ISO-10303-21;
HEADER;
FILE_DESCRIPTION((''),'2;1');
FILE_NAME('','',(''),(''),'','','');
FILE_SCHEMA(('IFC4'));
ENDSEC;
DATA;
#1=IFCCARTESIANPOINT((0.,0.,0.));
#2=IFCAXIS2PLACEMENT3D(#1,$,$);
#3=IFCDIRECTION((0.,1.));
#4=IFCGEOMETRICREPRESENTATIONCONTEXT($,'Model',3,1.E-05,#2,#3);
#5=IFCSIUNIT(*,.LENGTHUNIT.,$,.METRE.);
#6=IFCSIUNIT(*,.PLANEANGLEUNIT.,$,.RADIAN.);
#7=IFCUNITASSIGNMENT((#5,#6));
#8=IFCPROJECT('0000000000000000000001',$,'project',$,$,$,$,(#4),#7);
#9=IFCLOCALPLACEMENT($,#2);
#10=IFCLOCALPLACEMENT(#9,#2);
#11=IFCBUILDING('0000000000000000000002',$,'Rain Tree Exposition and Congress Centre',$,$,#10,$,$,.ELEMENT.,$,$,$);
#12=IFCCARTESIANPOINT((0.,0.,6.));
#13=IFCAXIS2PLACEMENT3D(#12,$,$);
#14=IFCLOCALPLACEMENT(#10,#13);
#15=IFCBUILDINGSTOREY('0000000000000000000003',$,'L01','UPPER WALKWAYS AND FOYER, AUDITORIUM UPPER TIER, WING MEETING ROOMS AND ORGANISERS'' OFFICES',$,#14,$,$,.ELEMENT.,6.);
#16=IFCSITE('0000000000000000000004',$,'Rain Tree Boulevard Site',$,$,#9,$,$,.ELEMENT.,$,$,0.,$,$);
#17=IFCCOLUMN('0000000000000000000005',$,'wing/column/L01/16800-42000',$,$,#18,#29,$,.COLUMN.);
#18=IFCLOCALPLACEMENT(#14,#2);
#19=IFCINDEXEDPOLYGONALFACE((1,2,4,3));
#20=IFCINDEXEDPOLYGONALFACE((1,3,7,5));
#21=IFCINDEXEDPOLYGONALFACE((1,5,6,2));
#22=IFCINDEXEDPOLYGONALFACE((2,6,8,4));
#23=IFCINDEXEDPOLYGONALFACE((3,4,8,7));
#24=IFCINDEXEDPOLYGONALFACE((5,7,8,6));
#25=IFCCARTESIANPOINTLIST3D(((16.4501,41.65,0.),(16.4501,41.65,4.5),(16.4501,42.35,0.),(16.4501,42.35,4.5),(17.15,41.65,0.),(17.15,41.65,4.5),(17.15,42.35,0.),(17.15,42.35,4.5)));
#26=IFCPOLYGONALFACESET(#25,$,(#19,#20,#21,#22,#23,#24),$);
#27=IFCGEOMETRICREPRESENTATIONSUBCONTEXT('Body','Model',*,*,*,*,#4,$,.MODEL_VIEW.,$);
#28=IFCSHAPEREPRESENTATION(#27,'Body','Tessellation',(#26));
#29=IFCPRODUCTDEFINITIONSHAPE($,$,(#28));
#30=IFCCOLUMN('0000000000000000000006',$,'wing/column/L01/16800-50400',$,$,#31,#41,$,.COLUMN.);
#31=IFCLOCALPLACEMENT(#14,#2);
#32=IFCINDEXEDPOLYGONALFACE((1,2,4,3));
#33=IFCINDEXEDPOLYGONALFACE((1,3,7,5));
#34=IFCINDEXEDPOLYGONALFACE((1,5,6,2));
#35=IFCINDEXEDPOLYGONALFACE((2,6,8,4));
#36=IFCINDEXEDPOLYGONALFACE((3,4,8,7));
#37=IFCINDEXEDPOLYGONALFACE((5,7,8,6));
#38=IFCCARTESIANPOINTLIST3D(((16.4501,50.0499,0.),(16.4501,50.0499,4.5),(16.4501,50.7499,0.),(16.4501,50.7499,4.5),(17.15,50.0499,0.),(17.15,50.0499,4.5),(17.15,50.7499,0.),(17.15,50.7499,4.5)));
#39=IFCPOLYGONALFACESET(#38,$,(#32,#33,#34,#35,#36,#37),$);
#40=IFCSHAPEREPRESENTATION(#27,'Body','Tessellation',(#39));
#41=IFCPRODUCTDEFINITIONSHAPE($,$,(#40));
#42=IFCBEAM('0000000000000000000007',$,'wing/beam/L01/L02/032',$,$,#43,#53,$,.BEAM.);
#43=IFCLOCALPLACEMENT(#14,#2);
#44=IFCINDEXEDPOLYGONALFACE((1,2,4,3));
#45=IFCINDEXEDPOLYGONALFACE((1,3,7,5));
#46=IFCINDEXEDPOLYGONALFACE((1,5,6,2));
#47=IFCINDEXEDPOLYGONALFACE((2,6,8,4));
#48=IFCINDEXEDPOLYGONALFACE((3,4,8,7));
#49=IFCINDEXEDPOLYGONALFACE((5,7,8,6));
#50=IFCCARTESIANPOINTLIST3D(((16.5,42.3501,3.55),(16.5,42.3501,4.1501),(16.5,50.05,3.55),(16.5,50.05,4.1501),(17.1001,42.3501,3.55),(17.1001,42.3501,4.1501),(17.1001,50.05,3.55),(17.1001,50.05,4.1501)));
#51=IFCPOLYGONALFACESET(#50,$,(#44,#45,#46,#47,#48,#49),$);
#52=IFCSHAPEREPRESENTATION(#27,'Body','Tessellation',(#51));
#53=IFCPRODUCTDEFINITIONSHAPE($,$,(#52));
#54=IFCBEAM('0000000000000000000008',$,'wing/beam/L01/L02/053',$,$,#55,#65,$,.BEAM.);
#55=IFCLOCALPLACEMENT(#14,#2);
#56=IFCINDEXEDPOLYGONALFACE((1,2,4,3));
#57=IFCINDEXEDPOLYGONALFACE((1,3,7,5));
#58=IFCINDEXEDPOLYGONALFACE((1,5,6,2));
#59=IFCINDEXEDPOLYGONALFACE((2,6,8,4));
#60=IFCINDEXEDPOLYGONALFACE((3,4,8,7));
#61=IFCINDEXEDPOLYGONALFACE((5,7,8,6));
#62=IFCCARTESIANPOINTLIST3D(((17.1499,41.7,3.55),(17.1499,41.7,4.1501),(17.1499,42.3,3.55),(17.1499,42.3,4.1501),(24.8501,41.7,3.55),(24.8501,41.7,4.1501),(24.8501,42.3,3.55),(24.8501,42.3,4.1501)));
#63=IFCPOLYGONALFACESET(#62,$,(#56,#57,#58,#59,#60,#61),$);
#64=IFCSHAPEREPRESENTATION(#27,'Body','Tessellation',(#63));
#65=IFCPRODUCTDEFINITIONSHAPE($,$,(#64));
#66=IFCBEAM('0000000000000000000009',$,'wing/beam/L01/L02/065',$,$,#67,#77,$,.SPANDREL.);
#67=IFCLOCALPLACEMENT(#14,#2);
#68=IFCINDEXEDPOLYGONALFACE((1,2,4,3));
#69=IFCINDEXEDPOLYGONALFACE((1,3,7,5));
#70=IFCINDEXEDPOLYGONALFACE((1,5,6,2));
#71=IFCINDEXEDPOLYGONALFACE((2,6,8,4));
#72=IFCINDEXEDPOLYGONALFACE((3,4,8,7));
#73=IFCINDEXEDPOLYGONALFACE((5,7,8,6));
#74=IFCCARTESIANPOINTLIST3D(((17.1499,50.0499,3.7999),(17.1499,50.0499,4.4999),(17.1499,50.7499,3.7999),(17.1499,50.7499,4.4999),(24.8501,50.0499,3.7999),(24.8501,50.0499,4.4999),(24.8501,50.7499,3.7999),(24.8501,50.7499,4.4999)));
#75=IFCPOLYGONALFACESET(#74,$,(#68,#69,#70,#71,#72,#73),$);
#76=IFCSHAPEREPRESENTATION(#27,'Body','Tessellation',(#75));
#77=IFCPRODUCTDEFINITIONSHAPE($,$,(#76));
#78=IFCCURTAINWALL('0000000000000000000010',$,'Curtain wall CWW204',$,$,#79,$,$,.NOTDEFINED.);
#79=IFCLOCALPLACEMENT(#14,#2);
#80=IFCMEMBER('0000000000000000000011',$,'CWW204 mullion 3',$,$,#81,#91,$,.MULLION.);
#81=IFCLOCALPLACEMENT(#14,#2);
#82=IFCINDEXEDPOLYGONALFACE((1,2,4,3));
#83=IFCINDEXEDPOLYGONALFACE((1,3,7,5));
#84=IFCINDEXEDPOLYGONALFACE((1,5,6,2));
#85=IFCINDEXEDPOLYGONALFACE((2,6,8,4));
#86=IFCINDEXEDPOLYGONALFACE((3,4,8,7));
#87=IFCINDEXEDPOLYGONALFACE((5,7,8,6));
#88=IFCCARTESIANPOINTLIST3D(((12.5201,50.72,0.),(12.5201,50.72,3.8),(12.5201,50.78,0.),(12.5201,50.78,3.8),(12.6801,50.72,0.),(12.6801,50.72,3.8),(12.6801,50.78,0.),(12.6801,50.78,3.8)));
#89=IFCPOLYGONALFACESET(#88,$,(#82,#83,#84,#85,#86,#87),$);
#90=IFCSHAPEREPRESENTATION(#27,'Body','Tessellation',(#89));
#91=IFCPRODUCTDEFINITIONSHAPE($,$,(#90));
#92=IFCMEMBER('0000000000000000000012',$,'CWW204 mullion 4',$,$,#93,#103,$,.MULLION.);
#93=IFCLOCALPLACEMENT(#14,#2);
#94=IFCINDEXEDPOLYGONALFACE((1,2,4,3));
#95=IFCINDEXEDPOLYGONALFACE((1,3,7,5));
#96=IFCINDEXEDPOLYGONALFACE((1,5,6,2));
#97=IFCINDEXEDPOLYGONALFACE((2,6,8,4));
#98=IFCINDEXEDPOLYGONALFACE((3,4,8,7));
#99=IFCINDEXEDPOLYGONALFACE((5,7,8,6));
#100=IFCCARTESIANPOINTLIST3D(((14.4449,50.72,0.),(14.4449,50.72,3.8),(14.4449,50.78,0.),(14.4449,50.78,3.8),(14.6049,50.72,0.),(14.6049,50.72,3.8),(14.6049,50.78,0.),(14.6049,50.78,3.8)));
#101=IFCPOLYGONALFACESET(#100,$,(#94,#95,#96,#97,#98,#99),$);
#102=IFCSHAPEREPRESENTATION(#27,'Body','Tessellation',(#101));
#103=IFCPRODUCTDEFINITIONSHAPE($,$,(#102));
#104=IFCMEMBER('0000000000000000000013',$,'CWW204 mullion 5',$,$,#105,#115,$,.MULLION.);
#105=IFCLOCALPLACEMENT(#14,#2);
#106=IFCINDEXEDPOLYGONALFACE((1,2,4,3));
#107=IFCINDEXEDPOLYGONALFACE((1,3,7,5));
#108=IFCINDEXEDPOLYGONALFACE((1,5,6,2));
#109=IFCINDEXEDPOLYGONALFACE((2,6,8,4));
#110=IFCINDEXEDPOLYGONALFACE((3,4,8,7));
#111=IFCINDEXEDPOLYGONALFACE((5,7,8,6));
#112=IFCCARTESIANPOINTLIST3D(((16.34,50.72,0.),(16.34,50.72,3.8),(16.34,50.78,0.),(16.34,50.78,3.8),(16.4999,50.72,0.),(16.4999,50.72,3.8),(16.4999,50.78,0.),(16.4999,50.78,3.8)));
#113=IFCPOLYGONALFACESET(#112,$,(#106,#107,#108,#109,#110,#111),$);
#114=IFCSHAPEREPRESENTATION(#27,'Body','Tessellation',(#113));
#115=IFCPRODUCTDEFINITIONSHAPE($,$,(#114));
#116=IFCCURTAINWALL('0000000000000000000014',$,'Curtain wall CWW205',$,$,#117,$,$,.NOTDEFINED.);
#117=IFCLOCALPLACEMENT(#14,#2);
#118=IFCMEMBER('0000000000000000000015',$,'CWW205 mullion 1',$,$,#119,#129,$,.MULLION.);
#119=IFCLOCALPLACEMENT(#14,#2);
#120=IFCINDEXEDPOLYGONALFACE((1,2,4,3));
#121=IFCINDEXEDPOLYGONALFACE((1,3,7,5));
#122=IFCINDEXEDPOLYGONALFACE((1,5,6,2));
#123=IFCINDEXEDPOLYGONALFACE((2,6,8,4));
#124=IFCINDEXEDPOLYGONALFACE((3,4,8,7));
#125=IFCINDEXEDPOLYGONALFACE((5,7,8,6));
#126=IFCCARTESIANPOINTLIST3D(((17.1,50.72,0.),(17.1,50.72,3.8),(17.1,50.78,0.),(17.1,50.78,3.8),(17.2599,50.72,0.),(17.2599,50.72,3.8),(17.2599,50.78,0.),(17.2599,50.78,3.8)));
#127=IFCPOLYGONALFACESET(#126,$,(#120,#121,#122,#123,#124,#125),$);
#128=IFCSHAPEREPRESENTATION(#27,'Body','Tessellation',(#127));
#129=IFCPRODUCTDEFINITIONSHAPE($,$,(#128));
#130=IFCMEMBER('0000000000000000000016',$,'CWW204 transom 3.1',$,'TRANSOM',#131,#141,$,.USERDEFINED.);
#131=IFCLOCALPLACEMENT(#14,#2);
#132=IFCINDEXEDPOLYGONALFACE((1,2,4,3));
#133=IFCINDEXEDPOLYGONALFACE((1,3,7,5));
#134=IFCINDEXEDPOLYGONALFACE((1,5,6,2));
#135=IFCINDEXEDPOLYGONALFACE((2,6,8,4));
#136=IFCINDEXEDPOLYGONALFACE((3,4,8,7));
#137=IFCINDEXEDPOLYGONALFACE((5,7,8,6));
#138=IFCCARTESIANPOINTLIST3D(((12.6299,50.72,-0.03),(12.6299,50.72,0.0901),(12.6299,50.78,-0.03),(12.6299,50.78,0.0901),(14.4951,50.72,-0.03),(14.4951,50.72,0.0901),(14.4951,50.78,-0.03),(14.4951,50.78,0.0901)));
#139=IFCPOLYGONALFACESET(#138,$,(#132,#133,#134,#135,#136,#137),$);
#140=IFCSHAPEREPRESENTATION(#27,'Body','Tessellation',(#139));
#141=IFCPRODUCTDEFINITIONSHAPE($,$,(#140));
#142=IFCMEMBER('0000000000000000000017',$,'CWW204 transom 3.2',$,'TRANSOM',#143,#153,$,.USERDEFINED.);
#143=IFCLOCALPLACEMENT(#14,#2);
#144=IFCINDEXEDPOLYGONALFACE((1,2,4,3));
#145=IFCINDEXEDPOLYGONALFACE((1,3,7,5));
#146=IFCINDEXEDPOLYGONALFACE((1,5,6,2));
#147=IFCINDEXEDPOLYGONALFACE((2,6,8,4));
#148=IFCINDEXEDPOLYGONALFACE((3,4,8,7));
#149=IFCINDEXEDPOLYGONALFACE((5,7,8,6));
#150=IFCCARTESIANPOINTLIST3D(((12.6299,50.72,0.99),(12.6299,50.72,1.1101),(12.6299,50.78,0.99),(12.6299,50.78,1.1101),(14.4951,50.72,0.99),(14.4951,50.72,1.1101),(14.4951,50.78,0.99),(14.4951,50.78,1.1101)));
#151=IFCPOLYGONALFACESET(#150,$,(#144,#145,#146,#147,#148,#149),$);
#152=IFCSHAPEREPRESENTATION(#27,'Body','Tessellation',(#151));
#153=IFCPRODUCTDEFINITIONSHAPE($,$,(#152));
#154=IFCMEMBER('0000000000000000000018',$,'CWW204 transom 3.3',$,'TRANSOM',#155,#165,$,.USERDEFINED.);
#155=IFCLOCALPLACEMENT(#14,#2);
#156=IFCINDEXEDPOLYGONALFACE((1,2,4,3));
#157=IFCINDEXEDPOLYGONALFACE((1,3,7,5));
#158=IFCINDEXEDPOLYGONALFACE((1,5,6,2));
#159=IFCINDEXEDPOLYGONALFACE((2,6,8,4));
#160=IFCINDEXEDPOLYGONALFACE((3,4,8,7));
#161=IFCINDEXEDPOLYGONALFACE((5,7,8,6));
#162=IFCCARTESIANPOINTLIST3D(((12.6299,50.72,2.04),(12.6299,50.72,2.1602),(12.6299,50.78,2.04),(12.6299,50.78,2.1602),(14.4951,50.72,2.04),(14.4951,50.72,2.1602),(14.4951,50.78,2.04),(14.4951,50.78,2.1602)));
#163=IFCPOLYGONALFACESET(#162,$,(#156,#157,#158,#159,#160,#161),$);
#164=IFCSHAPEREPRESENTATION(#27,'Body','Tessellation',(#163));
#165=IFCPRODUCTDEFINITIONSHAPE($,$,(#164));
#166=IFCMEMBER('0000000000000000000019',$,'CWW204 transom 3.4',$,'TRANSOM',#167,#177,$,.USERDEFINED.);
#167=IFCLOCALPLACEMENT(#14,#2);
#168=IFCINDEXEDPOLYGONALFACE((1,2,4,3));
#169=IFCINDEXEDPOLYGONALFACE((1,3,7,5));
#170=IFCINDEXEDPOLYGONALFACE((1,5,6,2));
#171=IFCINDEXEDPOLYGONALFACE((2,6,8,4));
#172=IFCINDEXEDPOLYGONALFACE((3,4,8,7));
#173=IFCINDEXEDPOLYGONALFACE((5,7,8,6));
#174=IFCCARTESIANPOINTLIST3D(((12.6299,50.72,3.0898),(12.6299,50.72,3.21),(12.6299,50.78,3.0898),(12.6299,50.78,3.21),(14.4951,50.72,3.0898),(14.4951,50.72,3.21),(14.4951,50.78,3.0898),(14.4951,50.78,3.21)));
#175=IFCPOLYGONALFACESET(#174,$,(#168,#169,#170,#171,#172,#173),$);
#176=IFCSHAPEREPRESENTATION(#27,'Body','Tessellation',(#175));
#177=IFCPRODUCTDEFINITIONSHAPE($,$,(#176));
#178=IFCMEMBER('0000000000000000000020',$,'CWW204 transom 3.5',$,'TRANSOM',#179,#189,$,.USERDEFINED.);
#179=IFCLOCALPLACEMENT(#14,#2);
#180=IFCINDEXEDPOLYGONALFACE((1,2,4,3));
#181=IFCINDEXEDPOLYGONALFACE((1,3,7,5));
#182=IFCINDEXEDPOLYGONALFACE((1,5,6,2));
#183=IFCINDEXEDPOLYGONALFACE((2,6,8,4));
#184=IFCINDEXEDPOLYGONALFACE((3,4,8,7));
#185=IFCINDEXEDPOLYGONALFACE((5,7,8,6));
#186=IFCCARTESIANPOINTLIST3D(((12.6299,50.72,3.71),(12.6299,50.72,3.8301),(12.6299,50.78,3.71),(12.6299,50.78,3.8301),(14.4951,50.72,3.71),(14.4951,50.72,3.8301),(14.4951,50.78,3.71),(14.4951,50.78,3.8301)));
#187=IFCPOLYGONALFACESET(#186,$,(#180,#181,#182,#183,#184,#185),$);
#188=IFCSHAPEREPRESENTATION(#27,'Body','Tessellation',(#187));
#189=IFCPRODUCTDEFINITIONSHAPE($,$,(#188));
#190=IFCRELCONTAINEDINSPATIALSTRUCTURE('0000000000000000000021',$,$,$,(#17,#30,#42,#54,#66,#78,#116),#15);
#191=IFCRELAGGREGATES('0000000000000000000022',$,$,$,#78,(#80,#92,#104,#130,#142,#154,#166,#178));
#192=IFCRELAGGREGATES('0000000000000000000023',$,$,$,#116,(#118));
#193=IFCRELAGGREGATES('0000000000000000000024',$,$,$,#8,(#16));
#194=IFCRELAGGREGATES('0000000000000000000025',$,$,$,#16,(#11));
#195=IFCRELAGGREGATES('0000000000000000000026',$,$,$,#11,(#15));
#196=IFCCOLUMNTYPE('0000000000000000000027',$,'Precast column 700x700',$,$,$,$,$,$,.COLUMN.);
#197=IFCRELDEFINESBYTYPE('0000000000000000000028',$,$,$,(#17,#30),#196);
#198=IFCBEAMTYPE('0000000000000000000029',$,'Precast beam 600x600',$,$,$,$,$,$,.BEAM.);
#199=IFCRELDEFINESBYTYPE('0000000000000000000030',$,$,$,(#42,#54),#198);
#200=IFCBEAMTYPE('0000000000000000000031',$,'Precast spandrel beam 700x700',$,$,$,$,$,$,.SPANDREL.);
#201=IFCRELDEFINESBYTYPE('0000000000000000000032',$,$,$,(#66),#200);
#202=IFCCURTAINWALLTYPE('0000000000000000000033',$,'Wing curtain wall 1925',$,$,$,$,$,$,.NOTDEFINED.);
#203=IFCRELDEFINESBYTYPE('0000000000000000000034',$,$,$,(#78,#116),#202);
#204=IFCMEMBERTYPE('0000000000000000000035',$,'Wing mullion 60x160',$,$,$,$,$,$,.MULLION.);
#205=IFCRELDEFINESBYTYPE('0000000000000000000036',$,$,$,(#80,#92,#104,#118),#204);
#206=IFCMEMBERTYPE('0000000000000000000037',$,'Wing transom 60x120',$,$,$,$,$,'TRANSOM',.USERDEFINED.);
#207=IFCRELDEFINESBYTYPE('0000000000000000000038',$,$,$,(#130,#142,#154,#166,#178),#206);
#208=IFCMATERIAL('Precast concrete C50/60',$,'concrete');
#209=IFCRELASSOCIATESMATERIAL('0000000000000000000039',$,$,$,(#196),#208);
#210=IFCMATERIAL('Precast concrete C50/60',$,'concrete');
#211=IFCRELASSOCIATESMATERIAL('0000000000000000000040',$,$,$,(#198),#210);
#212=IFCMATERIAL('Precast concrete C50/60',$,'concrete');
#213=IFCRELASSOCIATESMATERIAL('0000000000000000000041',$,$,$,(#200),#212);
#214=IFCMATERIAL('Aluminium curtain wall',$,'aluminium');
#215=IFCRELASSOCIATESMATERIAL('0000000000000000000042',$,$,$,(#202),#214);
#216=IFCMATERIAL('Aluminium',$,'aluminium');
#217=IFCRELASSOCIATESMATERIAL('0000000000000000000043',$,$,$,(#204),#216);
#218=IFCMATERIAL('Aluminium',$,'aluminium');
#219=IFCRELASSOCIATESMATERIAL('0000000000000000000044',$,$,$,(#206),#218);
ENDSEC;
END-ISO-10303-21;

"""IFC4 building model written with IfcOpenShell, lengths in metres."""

from ifc_helpers import new_model, si_unit, direction, frame, origin, origin_2d, place, context, subcontext, project, spatial, rectangle, extrude, material, material_profile, profile_set, type_object, element, aggregate, save


model = new_model("IFC4")

# Units and contexts
model_context = context("Model", 3, precision=1e-05, world=origin(), true_north=direction((0.0, 1.0)))
body_context = subcontext(model_context, "Body", "Model", "MODEL_VIEW")
ifc_project = project(units=[si_unit("LENGTHUNIT", "METRE"), si_unit("PLANEANGLEUNIT", "RADIAN")], contexts=[model_context])

# Site, building, storey
site_placement = place(None, origin())
site = spatial("IfcSite", under=ifc_project, at=site_placement, Name="Rain Tree Boulevard Site", CompositionType="ELEMENT", RefElevation=0.0)
building_placement = place(site_placement, origin())
building = spatial("IfcBuilding", under=site, at=building_placement, Name="Rain Tree Exposition and Congress Centre", CompositionType="ELEMENT")
storey_placement = place(building_placement, frame((0.0, 0.0, 6.0)))
storey = spatial("IfcBuildingStorey", under=building, at=storey_placement, Name="L01", Description="UPPER WALKWAYS AND FOYER, AUDITORIUM UPPER TIER, WING MEETING ROOMS AND ORGANISERS' OFFICES", CompositionType="ELEMENT", Elevation=6.0)

# Columns
ifc_material_1 = material(Name="Precast concrete C50/60", Category="concrete")
ifc_material_profile_1 = material_profile(ifc_material_1, rectangle(XDim=0.7, YDim=0.7, at=origin_2d()), Name="RC 700x700")
ifc_profile_set_1 = profile_set([ifc_material_profile_1], Name="Precast concrete C50/60")
column_type = type_object("IfcColumnType", Name="Precast column 700x700", PredefinedType="COLUMN", material=ifc_profile_set_1)
for number, where, z_axis, x_axis, name in (
    (1, (16.8, 42.0, 0.0), (0.0, 0.0, 1.0), (1.0, 0.0, 0.0), "wing/column/L01/16800-42000"),
    (2, (16.8, 50.3999, 0.0), (0.0, 0.0, 1.0), (1.0, 0.0, 0.0), "wing/column/L01/16800-50400"),
):
    element("IfcColumn", number, at=place(storey_placement, frame(where, z_axis=z_axis, x_axis=x_axis)), inside=storey, type_object=column_type, Name=name, PredefinedType="COLUMN", context=body_context, shape_type="SweptSolid", body=[
        extrude(rectangle(XDim=0.7, YDim=0.7, at=origin_2d()), origin(), (0.0, 0.0, 1.0), 4.5),
    ])

# Beams
ifc_material_2 = material(Name="Precast concrete C50/60", Category="concrete")
ifc_material_profile_2 = material_profile(ifc_material_2, rectangle(XDim=0.6001, YDim=0.6001, at=origin_2d()), Name="RC 600x600")
ifc_profile_set_2 = profile_set([ifc_material_profile_2], Name="Precast concrete C50/60")
beam_type_1 = type_object("IfcBeamType", Name="Precast beam 600x600", PredefinedType="BEAM", material=ifc_profile_set_2)
beam_1_placement = place(storey_placement, frame((16.8, 42.3501, 3.8501), z_axis=(0.0, 1.0, 0.0), x_axis=(-1.0, 0.0, 0.0)))
element("IfcBeam", 3, at=beam_1_placement, inside=storey, type_object=beam_type_1, Name="wing/beam/L01/L02/032", PredefinedType="BEAM", context=body_context, shape_type="SweptSolid", body=[
    extrude(rectangle(XDim=0.6001, YDim=0.6001, at=origin_2d()), origin(), (0.0, 0.0, 1.0), 7.7),
])
beam_2_placement = place(storey_placement, frame((17.1499, 42.0, 3.8501), z_axis=(1.0, 0.0, 0.0), x_axis=(0.0, 1.0, 0.0)))
element("IfcBeam", 4, at=beam_2_placement, inside=storey, type_object=beam_type_1, Name="wing/beam/L01/L02/053", PredefinedType="BEAM", context=body_context, shape_type="SweptSolid", body=[
    extrude(rectangle(XDim=0.6001, YDim=0.6001, at=origin_2d()), origin(), (0.0, 0.0, 1.0), 7.7002),
])
ifc_material_3 = material(Name="Precast concrete C50/60", Category="concrete")
ifc_material_profile_3 = material_profile(ifc_material_3, rectangle(XDim=0.7, YDim=0.7, at=origin_2d()), Name="RC 700x700")
ifc_profile_set_3 = profile_set([ifc_material_profile_3], Name="Precast concrete C50/60")
beam_type_2 = type_object("IfcBeamType", Name="Precast spandrel beam 700x700", PredefinedType="SPANDREL", material=ifc_profile_set_3)
beam_3_placement = place(storey_placement, frame((17.1499, 50.3999, 4.1499), z_axis=(1.0, 0.0, 0.0), x_axis=(0.0, 1.0, 0.0)))
element("IfcBeam", 5, at=beam_3_placement, inside=storey, type_object=beam_type_2, Name="wing/beam/L01/L02/065", PredefinedType="SPANDREL", context=body_context, shape_type="SweptSolid", body=[
    extrude(rectangle(XDim=0.7, YDim=0.7, at=origin_2d()), origin(), (0.0, 0.0, 1.0), 7.7002),
])

# Curtain wall, members
ifc_material_4 = material(Name="Aluminium curtain wall", Category="aluminium")
curtain_wall_type = type_object("IfcCurtainWallType", Name="Wing curtain wall 1925", PredefinedType="NOTDEFINED", material=ifc_material_4)
curtain_wall_1_placement = place(storey_placement, origin())
curtain_wall_1 = element("IfcCurtainWall", 6, at=curtain_wall_1_placement, inside=storey, type_object=curtain_wall_type, Name="Curtain wall CWW204", PredefinedType="NOTDEFINED")
ifc_material_5 = material(Name="Aluminium", Category="aluminium")
ifc_material_profile_4 = material_profile(ifc_material_5, rectangle(XDim=0.0601, YDim=0.1599, at=origin_2d()), Name="Aluminium 60x160")
ifc_profile_set_4 = profile_set([ifc_material_profile_4], Name="Aluminium")
member_type_1 = type_object("IfcMemberType", Name="Wing mullion 60x160", PredefinedType="MULLION", material=ifc_profile_set_4)
member_1_placement = place(storey_placement, frame((12.6001, 50.75, 0.0), z_axis=(0.0, 0.0, 1.0), x_axis=(0.0, 1.0, 0.0)))
member_1 = element("IfcMember", 7, at=member_1_placement, type_object=member_type_1, Name="CWW204 mullion 3", PredefinedType="MULLION", context=body_context, shape_type="SweptSolid", body=[
    extrude(rectangle(XDim=0.0601, YDim=0.1599, at=origin_2d()), origin(), (0.0, 0.0, 1.0), 3.8),
])
member_2_placement = place(storey_placement, frame((14.5249, 50.75, 0.0), z_axis=(0.0, 0.0, 1.0), x_axis=(0.0, 1.0, 0.0)))
member_2 = element("IfcMember", 8, at=member_2_placement, type_object=member_type_1, Name="CWW204 mullion 4", PredefinedType="MULLION", context=body_context, shape_type="SweptSolid", body=[
    extrude(rectangle(XDim=0.0601, YDim=0.1599, at=origin_2d()), origin(), (0.0, 0.0, 1.0), 3.8),
])
member_3_placement = place(storey_placement, frame((16.4199, 50.75, 0.0), z_axis=(0.0, 0.0, 1.0), x_axis=(0.0, 1.0, 0.0)))
member_3 = element("IfcMember", 9, at=member_3_placement, type_object=member_type_1, Name="CWW204 mullion 5", PredefinedType="MULLION", context=body_context, shape_type="SweptSolid", body=[
    extrude(rectangle(XDim=0.0601, YDim=0.1599, at=origin_2d()), origin(), (0.0, 0.0, 1.0), 3.8),
])

# Curtain wall, member
curtain_wall_2_placement = place(storey_placement, origin())
curtain_wall_2 = element("IfcCurtainWall", 10, at=curtain_wall_2_placement, inside=storey, type_object=curtain_wall_type, Name="Curtain wall CWW205", PredefinedType="NOTDEFINED")
member_4_placement = place(storey_placement, frame((17.1799, 50.75, 0.0), z_axis=(0.0, 0.0, 1.0), x_axis=(0.0, 1.0, 0.0)))
member_4 = element("IfcMember", 11, at=member_4_placement, type_object=member_type_1, Name="CWW205 mullion 1", PredefinedType="MULLION", context=body_context, shape_type="SweptSolid", body=[
    extrude(rectangle(XDim=0.0601, YDim=0.1599, at=origin_2d()), origin(), (0.0, 0.0, 1.0), 3.8),
])

# Members
ifc_material_6 = material(Name="Aluminium", Category="aluminium")
ifc_material_profile_5 = material_profile(ifc_material_6, rectangle(XDim=0.0601, YDim=0.1201, at=origin_2d()), Name="Aluminium 60x120")
ifc_profile_set_5 = profile_set([ifc_material_profile_5], Name="Aluminium")
member_type_2 = type_object("IfcMemberType", Name="Wing transom 60x120", ElementType="TRANSOM", PredefinedType="USERDEFINED", material=ifc_profile_set_5)
member_5_placement = place(storey_placement, frame((12.6299, 50.75, 0.03), z_axis=(1.0, 0.0, 0.0), x_axis=(0.0, 1.0, 0.0)))
member_5 = element("IfcMember", 12, at=member_5_placement, type_object=member_type_2, Name="CWW204 transom 3.1", ObjectType="TRANSOM", PredefinedType="USERDEFINED", context=body_context, shape_type="SweptSolid", body=[
    extrude(rectangle(XDim=0.0601, YDim=0.1201, at=origin_2d()), origin(), (0.0, 0.0, 1.0), 1.8652),
])
member_6_placement = place(storey_placement, frame((12.6299, 50.75, 1.05), z_axis=(1.0, 0.0, 0.0), x_axis=(0.0, 1.0, 0.0)))
member_6 = element("IfcMember", 13, at=member_6_placement, type_object=member_type_2, Name="CWW204 transom 3.2", ObjectType="TRANSOM", PredefinedType="USERDEFINED", context=body_context, shape_type="SweptSolid", body=[
    extrude(rectangle(XDim=0.0601, YDim=0.1201, at=origin_2d()), origin(), (0.0, 0.0, 1.0), 1.8652),
])
member_7_placement = place(storey_placement, frame((12.6299, 50.75, 2.1001), z_axis=(1.0, 0.0, 0.0), x_axis=(0.0, 1.0, 0.0)))
member_7 = element("IfcMember", 14, at=member_7_placement, type_object=member_type_2, Name="CWW204 transom 3.3", ObjectType="TRANSOM", PredefinedType="USERDEFINED", context=body_context, shape_type="SweptSolid", body=[
    extrude(rectangle(XDim=0.0601, YDim=0.1201, at=origin_2d()), origin(), (0.0, 0.0, 1.0), 1.8652),
])
member_8_placement = place(storey_placement, frame((12.6299, 50.75, 3.1499), z_axis=(1.0, 0.0, 0.0), x_axis=(0.0, 1.0, 0.0)))
member_8 = element("IfcMember", 15, at=member_8_placement, type_object=member_type_2, Name="CWW204 transom 3.4", ObjectType="TRANSOM", PredefinedType="USERDEFINED", context=body_context, shape_type="SweptSolid", body=[
    extrude(rectangle(XDim=0.0601, YDim=0.1201, at=origin_2d()), origin(), (0.0, 0.0, 1.0), 1.8652),
])
member_9_placement = place(storey_placement, frame((12.6299, 50.75, 3.77), z_axis=(1.0, 0.0, 0.0), x_axis=(0.0, 1.0, 0.0)))
member_9 = element("IfcMember", 16, at=member_9_placement, type_object=member_type_2, Name="CWW204 transom 3.5", ObjectType="TRANSOM", PredefinedType="USERDEFINED", context=body_context, shape_type="SweptSolid", body=[
    extrude(rectangle(XDim=0.0601, YDim=0.1201, at=origin_2d()), origin(), (0.0, 0.0, 1.0), 1.8652),
])

aggregate(curtain_wall_1, [member_1, member_2, member_3, member_5, member_6, member_7, member_8, member_9])
aggregate(curtain_wall_2, [member_4])

save(model, "model.ifc")
